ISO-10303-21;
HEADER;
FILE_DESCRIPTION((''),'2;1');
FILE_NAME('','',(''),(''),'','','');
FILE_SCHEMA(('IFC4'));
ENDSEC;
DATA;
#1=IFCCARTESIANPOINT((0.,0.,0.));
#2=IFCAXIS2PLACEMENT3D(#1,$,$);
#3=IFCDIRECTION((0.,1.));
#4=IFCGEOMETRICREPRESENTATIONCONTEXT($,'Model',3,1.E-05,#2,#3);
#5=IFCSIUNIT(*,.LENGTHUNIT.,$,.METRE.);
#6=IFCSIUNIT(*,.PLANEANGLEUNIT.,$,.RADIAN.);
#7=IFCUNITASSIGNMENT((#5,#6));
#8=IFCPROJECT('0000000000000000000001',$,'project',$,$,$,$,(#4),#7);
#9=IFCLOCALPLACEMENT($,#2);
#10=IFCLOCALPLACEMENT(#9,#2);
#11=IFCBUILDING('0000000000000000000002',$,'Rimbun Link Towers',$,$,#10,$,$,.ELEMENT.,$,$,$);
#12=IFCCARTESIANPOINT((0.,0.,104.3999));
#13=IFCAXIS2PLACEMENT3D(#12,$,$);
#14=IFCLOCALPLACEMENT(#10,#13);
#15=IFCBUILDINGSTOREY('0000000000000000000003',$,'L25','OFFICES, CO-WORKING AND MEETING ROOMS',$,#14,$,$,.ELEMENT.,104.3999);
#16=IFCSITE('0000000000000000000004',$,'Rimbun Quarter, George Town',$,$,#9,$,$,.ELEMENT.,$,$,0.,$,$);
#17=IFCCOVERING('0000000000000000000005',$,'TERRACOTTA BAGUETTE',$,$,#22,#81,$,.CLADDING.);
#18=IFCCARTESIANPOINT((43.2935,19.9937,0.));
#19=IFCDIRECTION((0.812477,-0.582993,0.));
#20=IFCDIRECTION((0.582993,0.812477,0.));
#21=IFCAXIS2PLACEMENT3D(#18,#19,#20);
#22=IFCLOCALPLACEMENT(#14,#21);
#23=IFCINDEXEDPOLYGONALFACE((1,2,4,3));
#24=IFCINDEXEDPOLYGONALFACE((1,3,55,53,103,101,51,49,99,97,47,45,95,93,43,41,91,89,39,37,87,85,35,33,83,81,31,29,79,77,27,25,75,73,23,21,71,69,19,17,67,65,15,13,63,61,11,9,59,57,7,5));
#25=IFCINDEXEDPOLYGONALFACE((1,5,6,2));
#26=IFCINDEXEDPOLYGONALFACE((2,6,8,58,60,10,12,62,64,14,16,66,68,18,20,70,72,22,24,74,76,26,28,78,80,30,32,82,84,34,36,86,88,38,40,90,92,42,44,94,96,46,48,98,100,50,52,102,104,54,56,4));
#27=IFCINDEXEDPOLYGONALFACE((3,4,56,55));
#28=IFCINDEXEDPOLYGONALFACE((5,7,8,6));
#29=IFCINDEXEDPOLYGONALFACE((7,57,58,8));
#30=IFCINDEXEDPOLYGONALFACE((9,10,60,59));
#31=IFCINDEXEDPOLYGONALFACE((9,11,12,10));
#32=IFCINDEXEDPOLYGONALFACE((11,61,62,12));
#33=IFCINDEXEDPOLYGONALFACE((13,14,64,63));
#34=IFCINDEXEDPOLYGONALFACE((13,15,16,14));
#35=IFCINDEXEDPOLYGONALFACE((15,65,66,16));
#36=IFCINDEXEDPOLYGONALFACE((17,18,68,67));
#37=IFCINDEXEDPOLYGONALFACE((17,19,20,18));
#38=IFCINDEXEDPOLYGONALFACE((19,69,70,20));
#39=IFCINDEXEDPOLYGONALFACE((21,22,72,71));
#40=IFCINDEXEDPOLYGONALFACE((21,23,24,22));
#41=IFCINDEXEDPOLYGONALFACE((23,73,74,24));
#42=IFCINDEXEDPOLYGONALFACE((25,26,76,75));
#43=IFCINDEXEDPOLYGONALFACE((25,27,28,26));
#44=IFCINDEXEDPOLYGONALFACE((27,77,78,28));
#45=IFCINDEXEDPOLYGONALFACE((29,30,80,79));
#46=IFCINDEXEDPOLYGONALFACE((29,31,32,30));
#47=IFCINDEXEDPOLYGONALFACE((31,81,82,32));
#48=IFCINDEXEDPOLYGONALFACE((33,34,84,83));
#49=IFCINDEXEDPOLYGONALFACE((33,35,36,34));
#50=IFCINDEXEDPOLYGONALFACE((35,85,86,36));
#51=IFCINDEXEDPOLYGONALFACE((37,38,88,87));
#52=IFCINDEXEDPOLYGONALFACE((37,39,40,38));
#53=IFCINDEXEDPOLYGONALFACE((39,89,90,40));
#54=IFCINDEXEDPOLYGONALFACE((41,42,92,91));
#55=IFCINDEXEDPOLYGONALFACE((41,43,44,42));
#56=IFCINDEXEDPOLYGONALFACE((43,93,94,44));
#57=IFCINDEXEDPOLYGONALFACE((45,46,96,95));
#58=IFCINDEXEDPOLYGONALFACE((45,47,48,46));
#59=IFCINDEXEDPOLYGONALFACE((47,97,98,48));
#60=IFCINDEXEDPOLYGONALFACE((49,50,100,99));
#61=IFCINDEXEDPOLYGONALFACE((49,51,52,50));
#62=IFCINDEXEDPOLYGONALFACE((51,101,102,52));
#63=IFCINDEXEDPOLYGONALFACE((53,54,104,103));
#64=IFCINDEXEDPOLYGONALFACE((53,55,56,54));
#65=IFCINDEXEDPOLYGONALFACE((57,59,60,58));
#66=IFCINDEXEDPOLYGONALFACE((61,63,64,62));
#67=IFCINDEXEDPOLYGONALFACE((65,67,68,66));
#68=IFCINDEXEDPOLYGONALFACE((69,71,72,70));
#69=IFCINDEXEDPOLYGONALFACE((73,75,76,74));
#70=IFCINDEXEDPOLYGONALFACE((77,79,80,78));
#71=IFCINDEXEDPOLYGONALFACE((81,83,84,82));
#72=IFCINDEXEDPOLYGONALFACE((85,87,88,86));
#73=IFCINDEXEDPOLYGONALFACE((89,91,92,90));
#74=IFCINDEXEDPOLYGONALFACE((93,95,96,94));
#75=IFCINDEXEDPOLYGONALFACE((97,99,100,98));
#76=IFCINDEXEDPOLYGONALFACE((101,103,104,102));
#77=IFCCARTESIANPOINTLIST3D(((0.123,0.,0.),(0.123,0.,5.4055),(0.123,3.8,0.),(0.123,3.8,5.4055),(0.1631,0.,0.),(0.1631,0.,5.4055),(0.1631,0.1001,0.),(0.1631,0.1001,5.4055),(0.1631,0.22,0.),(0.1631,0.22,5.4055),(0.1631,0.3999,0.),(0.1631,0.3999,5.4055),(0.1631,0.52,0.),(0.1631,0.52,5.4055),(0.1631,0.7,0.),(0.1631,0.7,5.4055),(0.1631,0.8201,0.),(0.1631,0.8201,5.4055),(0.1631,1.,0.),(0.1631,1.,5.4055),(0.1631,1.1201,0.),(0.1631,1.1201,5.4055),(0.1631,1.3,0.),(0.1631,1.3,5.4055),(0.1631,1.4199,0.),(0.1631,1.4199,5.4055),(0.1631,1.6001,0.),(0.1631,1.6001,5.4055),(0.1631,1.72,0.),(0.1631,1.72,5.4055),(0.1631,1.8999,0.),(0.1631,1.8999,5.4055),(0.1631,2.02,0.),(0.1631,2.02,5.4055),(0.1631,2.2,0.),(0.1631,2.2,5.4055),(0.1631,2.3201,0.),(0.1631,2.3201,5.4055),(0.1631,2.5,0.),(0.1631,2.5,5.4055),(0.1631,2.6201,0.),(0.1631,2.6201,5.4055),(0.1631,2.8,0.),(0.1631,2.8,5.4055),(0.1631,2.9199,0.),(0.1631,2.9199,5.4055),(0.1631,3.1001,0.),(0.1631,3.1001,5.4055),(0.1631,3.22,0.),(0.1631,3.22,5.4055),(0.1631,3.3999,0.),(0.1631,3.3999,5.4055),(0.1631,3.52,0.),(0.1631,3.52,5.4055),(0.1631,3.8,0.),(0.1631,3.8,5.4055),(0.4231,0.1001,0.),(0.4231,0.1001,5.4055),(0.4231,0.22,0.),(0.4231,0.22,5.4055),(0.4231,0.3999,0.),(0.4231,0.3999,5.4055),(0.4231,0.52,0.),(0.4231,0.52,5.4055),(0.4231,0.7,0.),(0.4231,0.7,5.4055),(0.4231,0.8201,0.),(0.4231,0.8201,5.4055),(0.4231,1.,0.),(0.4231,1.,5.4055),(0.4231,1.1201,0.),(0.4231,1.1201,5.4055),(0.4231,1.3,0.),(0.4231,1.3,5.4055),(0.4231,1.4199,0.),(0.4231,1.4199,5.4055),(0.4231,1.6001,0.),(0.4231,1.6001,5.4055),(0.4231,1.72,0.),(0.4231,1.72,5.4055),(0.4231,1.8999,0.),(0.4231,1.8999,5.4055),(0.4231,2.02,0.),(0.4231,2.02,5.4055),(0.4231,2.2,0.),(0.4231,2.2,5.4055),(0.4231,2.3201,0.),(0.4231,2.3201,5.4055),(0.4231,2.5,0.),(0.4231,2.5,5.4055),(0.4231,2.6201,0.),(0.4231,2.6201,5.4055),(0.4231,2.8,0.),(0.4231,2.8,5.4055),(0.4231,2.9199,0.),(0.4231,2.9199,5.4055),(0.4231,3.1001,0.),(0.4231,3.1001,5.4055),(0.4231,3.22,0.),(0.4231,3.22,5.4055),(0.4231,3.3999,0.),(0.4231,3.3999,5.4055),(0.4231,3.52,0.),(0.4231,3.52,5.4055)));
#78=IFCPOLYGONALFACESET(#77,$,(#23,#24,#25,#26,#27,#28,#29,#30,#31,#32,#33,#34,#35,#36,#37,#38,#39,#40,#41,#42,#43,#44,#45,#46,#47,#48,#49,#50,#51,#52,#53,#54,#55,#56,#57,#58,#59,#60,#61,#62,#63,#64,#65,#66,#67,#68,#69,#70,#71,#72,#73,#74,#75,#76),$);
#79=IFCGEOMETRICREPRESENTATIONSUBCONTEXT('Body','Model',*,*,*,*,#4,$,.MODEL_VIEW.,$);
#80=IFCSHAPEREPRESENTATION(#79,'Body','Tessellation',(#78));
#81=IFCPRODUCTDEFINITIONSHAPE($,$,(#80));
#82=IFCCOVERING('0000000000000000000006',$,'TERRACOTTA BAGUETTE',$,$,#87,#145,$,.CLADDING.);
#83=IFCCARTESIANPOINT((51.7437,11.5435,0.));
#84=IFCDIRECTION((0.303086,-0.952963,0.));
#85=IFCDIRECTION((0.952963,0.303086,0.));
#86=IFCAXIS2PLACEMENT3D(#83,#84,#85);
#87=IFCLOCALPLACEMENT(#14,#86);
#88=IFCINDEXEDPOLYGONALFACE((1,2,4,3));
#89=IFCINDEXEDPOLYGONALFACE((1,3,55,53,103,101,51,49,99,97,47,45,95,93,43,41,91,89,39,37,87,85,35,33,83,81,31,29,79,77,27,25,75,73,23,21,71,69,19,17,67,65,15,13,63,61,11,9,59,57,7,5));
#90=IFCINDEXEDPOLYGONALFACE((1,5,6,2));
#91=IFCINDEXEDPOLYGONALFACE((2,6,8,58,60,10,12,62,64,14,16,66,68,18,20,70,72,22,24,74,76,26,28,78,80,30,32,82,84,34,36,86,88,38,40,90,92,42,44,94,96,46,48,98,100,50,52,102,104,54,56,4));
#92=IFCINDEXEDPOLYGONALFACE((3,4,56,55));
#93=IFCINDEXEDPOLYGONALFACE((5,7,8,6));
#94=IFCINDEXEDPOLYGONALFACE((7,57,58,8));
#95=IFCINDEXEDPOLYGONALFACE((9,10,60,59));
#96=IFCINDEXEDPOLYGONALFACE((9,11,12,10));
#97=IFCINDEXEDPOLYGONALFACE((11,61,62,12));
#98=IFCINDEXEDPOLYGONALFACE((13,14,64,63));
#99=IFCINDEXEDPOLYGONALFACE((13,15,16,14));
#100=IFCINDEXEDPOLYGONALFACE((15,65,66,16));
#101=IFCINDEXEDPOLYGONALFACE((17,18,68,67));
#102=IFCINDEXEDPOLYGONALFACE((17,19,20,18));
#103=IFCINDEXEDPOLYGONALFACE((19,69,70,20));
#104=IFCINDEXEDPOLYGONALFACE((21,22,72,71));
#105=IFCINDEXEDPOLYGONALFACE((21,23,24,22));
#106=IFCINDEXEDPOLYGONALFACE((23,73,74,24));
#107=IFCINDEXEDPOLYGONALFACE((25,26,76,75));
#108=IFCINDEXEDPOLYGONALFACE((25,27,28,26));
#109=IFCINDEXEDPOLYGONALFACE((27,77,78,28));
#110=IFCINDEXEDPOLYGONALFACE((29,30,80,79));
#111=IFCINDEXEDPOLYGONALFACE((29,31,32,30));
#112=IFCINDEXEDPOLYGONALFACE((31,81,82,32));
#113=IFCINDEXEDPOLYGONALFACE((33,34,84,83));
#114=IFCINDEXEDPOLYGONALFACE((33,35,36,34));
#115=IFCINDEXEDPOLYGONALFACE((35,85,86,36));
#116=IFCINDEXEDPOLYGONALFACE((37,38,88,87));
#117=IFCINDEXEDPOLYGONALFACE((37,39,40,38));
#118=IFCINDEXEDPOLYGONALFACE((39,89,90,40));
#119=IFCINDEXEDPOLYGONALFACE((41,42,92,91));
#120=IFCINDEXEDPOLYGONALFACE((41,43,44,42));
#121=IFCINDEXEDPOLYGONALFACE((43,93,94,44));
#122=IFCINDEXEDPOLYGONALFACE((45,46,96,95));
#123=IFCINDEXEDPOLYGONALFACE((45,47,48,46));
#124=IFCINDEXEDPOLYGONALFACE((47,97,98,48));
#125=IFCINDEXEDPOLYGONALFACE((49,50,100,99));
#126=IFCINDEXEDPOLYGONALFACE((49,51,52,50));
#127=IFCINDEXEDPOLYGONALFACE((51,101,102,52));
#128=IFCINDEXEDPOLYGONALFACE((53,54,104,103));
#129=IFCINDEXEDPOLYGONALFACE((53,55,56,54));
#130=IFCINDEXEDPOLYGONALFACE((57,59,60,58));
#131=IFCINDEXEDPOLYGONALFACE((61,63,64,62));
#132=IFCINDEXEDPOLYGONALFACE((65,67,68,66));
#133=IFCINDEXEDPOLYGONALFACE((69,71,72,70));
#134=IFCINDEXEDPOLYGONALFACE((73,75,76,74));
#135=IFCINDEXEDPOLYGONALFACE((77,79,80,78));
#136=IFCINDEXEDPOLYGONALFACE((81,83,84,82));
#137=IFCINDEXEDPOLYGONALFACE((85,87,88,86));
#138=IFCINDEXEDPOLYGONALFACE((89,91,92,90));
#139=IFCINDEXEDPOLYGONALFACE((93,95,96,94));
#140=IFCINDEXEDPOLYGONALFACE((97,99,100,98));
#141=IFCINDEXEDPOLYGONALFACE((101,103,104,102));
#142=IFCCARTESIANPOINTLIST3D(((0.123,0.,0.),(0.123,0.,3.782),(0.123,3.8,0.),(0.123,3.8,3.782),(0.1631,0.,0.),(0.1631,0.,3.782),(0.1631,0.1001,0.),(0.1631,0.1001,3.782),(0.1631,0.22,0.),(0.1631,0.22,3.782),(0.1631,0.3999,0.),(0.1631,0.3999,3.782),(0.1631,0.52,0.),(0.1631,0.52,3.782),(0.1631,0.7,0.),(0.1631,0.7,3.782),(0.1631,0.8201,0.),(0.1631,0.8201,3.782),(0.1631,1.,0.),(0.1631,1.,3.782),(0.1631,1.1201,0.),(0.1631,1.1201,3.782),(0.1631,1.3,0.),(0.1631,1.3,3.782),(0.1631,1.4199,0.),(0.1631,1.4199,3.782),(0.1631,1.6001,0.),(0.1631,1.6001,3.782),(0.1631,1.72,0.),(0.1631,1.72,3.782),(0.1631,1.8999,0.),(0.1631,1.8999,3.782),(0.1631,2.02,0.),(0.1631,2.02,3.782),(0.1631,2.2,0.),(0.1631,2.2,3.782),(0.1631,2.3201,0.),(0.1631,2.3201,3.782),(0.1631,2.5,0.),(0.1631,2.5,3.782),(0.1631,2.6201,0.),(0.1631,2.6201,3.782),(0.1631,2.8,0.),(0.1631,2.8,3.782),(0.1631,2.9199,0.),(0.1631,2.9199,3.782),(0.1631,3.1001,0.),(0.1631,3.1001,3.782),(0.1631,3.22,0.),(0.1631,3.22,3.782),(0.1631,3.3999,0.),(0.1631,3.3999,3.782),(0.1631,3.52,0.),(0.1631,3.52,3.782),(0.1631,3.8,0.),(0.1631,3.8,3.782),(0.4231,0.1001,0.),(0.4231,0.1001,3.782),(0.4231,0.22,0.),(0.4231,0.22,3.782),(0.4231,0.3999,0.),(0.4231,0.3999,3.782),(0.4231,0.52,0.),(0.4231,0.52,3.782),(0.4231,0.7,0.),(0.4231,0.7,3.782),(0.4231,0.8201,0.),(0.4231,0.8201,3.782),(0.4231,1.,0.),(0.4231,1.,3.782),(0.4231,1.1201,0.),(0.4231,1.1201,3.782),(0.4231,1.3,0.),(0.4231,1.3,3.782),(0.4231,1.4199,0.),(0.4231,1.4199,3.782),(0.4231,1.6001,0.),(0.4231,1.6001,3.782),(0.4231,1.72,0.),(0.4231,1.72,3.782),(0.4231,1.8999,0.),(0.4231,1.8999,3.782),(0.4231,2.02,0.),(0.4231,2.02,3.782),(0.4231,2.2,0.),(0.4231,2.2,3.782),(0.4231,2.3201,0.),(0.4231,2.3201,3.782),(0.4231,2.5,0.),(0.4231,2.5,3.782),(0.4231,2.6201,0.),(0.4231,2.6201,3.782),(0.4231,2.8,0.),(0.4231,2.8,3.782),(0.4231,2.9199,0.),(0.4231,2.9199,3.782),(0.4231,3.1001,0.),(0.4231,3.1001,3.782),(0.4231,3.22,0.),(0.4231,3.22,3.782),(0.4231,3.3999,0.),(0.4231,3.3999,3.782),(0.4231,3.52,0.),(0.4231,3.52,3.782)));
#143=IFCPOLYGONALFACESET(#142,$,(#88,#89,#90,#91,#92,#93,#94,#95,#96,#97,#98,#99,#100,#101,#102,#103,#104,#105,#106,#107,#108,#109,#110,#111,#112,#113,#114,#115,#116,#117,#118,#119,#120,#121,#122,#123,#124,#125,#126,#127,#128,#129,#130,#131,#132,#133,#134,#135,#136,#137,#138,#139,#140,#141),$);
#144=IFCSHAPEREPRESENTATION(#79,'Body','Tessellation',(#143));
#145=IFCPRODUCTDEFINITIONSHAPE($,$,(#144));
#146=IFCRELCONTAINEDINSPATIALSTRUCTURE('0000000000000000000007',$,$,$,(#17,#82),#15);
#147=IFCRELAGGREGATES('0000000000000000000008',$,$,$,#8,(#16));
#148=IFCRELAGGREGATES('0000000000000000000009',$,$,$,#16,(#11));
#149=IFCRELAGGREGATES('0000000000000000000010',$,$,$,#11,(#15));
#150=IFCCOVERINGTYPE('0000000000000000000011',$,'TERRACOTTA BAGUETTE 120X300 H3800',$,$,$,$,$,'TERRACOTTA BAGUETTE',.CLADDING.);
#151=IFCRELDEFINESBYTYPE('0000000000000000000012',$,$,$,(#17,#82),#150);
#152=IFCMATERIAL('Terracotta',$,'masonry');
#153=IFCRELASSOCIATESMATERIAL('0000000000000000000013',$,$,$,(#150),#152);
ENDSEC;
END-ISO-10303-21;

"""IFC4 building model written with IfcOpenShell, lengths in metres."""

from ifc_helpers import new_model, si_unit, direction, frame, origin, place, context, subcontext, project, spatial, polyline, outline, extrude, material, material_profile, profile_set, type_object, element, save


model = new_model("IFC4")

# Units and contexts
model_context = context("Model", 3, precision=1e-05, world=origin(), true_north=direction((0.0, 1.0)))
body_context = subcontext(model_context, "Body", "Model", "MODEL_VIEW")
ifc_project = project(units=[si_unit("LENGTHUNIT", "METRE"), si_unit("PLANEANGLEUNIT", "RADIAN")], contexts=[model_context])

# Site, building, storey
site_placement = place(None, origin())
site = spatial("IfcSite", under=ifc_project, at=site_placement, Name="Rimbun Quarter, George Town", CompositionType="ELEMENT", RefElevation=0.0)
building_placement = place(site_placement, origin())
building = spatial("IfcBuilding", under=site, at=building_placement, Name="Rimbun Link Towers", CompositionType="ELEMENT")
storey_placement = place(building_placement, frame((0.0, 0.0, 104.3999)))
storey = spatial("IfcBuildingStorey", under=building, at=storey_placement, Name="L25", Description="OFFICES, CO-WORKING AND MEETING ROOMS", CompositionType="ELEMENT", Elevation=104.3999)

# Coverings
ifc_material_1 = material(Name="Terracotta", Category="masonry")
ifc_material_profile_1 = material_profile(ifc_material_1, outline(polyline([(0.123, 0.0), (0.1631, 0.0), (0.1631, 0.1001), (0.4231, 0.1001), (0.4231, 0.22), (0.1631, 0.22), (0.1631, 0.3999), (0.4231, 0.3999), (0.4231, 0.52), (0.1631, 0.52), (0.1631, 0.7), (0.4231, 0.7), (0.4231, 0.8201), (0.1631, 0.8201), (0.1631, 1.0), (0.4231, 1.0), (0.4231, 1.1201), (0.1631, 1.1201), (0.1631, 1.3), (0.4231, 1.3), (0.4231, 1.4199), (0.1631, 1.4199), (0.1631, 1.6001), (0.4231, 1.6001), (0.4231, 1.72), (0.1631, 1.72), (0.1631, 1.8999), (0.4231, 1.8999), (0.4231, 2.02), (0.1631, 2.02), (0.1631, 2.2), (0.4231, 2.2), (0.4231, 2.3201), (0.1631, 2.3201), (0.1631, 2.5), (0.4231, 2.5), (0.4231, 2.6201), (0.1631, 2.6201), (0.1631, 2.8), (0.4231, 2.8), (0.4231, 2.9199), (0.1631, 2.9199), (0.1631, 3.1001), (0.4231, 3.1001), (0.4231, 3.22), (0.1631, 3.22), (0.1631, 3.3999), (0.4231, 3.3999), (0.4231, 3.52), (0.1631, 3.52), (0.1631, 3.8), (0.123, 3.8), (0.123, 0.0)])), Name="BAGUETTE 120X300")
ifc_profile_set_1 = profile_set([ifc_material_profile_1], Name="Terracotta")
covering_type = type_object("IfcCoveringType", Name="TERRACOTTA BAGUETTE 120X300 H3800", ElementType="TERRACOTTA BAGUETTE", PredefinedType="CLADDING", material=ifc_profile_set_1)
covering_1_placement = place(storey_placement, frame((43.2935, 19.9937, 0.0), z_axis=(0.812477, -0.582993, 0.0), x_axis=(0.582993, 0.812477, 0.0)))
element("IfcCovering", 1, at=covering_1_placement, inside=storey, type_object=covering_type, Name="TERRACOTTA BAGUETTE", PredefinedType="CLADDING", context=body_context, shape_type="SweptSolid", body=[
    extrude(outline(polyline([(0.123, 0.0), (0.1631, 0.0), (0.1631, 0.1001), (0.4231, 0.1001), (0.4231, 0.22), (0.1631, 0.22), (0.1631, 0.3999), (0.4231, 0.3999), (0.4231, 0.52), (0.1631, 0.52), (0.1631, 0.7), (0.4231, 0.7), (0.4231, 0.8201), (0.1631, 0.8201), (0.1631, 1.0), (0.4231, 1.0), (0.4231, 1.1201), (0.1631, 1.1201), (0.1631, 1.3), (0.4231, 1.3), (0.4231, 1.4199), (0.1631, 1.4199), (0.1631, 1.6001), (0.4231, 1.6001), (0.4231, 1.72), (0.1631, 1.72), (0.1631, 1.8999), (0.4231, 1.8999), (0.4231, 2.02), (0.1631, 2.02), (0.1631, 2.2), (0.4231, 2.2), (0.4231, 2.3201), (0.1631, 2.3201), (0.1631, 2.5), (0.4231, 2.5), (0.4231, 2.6201), (0.1631, 2.6201), (0.1631, 2.8), (0.4231, 2.8), (0.4231, 2.9199), (0.1631, 2.9199), (0.1631, 3.1001), (0.4231, 3.1001), (0.4231, 3.22), (0.1631, 3.22), (0.1631, 3.3999), (0.4231, 3.3999), (0.4231, 3.52), (0.1631, 3.52), (0.1631, 3.8), (0.123, 3.8), (0.123, 0.0)])), origin(), (0.0, 0.0, 1.0), 5.4055),
])
covering_2_placement = place(storey_placement, frame((51.7437, 11.5435, 0.0), z_axis=(0.303086, -0.952963, 0.0), x_axis=(0.952963, 0.303086, 0.0)))
element("IfcCovering", 2, at=covering_2_placement, inside=storey, type_object=covering_type, Name="TERRACOTTA BAGUETTE", PredefinedType="CLADDING", context=body_context, shape_type="SweptSolid", body=[
    extrude(outline(polyline([(0.123, 0.0), (0.1631, 0.0), (0.1631, 0.1001), (0.4231, 0.1001), (0.4231, 0.22), (0.1631, 0.22), (0.1631, 0.3999), (0.4231, 0.3999), (0.4231, 0.52), (0.1631, 0.52), (0.1631, 0.7), (0.4231, 0.7), (0.4231, 0.8201), (0.1631, 0.8201), (0.1631, 1.0), (0.4231, 1.0), (0.4231, 1.1201), (0.1631, 1.1201), (0.1631, 1.3), (0.4231, 1.3), (0.4231, 1.4199), (0.1631, 1.4199), (0.1631, 1.6001), (0.4231, 1.6001), (0.4231, 1.72), (0.1631, 1.72), (0.1631, 1.8999), (0.4231, 1.8999), (0.4231, 2.02), (0.1631, 2.02), (0.1631, 2.2), (0.4231, 2.2), (0.4231, 2.3201), (0.1631, 2.3201), (0.1631, 2.5), (0.4231, 2.5), (0.4231, 2.6201), (0.1631, 2.6201), (0.1631, 2.8), (0.4231, 2.8), (0.4231, 2.9199), (0.1631, 2.9199), (0.1631, 3.1001), (0.4231, 3.1001), (0.4231, 3.22), (0.1631, 3.22), (0.1631, 3.3999), (0.4231, 3.3999), (0.4231, 3.52), (0.1631, 3.52), (0.1631, 3.8), (0.123, 3.8), (0.123, 0.0)])), origin(), (0.0, 0.0, 1.0), 3.782),
])

save(model, "model.ifc")
